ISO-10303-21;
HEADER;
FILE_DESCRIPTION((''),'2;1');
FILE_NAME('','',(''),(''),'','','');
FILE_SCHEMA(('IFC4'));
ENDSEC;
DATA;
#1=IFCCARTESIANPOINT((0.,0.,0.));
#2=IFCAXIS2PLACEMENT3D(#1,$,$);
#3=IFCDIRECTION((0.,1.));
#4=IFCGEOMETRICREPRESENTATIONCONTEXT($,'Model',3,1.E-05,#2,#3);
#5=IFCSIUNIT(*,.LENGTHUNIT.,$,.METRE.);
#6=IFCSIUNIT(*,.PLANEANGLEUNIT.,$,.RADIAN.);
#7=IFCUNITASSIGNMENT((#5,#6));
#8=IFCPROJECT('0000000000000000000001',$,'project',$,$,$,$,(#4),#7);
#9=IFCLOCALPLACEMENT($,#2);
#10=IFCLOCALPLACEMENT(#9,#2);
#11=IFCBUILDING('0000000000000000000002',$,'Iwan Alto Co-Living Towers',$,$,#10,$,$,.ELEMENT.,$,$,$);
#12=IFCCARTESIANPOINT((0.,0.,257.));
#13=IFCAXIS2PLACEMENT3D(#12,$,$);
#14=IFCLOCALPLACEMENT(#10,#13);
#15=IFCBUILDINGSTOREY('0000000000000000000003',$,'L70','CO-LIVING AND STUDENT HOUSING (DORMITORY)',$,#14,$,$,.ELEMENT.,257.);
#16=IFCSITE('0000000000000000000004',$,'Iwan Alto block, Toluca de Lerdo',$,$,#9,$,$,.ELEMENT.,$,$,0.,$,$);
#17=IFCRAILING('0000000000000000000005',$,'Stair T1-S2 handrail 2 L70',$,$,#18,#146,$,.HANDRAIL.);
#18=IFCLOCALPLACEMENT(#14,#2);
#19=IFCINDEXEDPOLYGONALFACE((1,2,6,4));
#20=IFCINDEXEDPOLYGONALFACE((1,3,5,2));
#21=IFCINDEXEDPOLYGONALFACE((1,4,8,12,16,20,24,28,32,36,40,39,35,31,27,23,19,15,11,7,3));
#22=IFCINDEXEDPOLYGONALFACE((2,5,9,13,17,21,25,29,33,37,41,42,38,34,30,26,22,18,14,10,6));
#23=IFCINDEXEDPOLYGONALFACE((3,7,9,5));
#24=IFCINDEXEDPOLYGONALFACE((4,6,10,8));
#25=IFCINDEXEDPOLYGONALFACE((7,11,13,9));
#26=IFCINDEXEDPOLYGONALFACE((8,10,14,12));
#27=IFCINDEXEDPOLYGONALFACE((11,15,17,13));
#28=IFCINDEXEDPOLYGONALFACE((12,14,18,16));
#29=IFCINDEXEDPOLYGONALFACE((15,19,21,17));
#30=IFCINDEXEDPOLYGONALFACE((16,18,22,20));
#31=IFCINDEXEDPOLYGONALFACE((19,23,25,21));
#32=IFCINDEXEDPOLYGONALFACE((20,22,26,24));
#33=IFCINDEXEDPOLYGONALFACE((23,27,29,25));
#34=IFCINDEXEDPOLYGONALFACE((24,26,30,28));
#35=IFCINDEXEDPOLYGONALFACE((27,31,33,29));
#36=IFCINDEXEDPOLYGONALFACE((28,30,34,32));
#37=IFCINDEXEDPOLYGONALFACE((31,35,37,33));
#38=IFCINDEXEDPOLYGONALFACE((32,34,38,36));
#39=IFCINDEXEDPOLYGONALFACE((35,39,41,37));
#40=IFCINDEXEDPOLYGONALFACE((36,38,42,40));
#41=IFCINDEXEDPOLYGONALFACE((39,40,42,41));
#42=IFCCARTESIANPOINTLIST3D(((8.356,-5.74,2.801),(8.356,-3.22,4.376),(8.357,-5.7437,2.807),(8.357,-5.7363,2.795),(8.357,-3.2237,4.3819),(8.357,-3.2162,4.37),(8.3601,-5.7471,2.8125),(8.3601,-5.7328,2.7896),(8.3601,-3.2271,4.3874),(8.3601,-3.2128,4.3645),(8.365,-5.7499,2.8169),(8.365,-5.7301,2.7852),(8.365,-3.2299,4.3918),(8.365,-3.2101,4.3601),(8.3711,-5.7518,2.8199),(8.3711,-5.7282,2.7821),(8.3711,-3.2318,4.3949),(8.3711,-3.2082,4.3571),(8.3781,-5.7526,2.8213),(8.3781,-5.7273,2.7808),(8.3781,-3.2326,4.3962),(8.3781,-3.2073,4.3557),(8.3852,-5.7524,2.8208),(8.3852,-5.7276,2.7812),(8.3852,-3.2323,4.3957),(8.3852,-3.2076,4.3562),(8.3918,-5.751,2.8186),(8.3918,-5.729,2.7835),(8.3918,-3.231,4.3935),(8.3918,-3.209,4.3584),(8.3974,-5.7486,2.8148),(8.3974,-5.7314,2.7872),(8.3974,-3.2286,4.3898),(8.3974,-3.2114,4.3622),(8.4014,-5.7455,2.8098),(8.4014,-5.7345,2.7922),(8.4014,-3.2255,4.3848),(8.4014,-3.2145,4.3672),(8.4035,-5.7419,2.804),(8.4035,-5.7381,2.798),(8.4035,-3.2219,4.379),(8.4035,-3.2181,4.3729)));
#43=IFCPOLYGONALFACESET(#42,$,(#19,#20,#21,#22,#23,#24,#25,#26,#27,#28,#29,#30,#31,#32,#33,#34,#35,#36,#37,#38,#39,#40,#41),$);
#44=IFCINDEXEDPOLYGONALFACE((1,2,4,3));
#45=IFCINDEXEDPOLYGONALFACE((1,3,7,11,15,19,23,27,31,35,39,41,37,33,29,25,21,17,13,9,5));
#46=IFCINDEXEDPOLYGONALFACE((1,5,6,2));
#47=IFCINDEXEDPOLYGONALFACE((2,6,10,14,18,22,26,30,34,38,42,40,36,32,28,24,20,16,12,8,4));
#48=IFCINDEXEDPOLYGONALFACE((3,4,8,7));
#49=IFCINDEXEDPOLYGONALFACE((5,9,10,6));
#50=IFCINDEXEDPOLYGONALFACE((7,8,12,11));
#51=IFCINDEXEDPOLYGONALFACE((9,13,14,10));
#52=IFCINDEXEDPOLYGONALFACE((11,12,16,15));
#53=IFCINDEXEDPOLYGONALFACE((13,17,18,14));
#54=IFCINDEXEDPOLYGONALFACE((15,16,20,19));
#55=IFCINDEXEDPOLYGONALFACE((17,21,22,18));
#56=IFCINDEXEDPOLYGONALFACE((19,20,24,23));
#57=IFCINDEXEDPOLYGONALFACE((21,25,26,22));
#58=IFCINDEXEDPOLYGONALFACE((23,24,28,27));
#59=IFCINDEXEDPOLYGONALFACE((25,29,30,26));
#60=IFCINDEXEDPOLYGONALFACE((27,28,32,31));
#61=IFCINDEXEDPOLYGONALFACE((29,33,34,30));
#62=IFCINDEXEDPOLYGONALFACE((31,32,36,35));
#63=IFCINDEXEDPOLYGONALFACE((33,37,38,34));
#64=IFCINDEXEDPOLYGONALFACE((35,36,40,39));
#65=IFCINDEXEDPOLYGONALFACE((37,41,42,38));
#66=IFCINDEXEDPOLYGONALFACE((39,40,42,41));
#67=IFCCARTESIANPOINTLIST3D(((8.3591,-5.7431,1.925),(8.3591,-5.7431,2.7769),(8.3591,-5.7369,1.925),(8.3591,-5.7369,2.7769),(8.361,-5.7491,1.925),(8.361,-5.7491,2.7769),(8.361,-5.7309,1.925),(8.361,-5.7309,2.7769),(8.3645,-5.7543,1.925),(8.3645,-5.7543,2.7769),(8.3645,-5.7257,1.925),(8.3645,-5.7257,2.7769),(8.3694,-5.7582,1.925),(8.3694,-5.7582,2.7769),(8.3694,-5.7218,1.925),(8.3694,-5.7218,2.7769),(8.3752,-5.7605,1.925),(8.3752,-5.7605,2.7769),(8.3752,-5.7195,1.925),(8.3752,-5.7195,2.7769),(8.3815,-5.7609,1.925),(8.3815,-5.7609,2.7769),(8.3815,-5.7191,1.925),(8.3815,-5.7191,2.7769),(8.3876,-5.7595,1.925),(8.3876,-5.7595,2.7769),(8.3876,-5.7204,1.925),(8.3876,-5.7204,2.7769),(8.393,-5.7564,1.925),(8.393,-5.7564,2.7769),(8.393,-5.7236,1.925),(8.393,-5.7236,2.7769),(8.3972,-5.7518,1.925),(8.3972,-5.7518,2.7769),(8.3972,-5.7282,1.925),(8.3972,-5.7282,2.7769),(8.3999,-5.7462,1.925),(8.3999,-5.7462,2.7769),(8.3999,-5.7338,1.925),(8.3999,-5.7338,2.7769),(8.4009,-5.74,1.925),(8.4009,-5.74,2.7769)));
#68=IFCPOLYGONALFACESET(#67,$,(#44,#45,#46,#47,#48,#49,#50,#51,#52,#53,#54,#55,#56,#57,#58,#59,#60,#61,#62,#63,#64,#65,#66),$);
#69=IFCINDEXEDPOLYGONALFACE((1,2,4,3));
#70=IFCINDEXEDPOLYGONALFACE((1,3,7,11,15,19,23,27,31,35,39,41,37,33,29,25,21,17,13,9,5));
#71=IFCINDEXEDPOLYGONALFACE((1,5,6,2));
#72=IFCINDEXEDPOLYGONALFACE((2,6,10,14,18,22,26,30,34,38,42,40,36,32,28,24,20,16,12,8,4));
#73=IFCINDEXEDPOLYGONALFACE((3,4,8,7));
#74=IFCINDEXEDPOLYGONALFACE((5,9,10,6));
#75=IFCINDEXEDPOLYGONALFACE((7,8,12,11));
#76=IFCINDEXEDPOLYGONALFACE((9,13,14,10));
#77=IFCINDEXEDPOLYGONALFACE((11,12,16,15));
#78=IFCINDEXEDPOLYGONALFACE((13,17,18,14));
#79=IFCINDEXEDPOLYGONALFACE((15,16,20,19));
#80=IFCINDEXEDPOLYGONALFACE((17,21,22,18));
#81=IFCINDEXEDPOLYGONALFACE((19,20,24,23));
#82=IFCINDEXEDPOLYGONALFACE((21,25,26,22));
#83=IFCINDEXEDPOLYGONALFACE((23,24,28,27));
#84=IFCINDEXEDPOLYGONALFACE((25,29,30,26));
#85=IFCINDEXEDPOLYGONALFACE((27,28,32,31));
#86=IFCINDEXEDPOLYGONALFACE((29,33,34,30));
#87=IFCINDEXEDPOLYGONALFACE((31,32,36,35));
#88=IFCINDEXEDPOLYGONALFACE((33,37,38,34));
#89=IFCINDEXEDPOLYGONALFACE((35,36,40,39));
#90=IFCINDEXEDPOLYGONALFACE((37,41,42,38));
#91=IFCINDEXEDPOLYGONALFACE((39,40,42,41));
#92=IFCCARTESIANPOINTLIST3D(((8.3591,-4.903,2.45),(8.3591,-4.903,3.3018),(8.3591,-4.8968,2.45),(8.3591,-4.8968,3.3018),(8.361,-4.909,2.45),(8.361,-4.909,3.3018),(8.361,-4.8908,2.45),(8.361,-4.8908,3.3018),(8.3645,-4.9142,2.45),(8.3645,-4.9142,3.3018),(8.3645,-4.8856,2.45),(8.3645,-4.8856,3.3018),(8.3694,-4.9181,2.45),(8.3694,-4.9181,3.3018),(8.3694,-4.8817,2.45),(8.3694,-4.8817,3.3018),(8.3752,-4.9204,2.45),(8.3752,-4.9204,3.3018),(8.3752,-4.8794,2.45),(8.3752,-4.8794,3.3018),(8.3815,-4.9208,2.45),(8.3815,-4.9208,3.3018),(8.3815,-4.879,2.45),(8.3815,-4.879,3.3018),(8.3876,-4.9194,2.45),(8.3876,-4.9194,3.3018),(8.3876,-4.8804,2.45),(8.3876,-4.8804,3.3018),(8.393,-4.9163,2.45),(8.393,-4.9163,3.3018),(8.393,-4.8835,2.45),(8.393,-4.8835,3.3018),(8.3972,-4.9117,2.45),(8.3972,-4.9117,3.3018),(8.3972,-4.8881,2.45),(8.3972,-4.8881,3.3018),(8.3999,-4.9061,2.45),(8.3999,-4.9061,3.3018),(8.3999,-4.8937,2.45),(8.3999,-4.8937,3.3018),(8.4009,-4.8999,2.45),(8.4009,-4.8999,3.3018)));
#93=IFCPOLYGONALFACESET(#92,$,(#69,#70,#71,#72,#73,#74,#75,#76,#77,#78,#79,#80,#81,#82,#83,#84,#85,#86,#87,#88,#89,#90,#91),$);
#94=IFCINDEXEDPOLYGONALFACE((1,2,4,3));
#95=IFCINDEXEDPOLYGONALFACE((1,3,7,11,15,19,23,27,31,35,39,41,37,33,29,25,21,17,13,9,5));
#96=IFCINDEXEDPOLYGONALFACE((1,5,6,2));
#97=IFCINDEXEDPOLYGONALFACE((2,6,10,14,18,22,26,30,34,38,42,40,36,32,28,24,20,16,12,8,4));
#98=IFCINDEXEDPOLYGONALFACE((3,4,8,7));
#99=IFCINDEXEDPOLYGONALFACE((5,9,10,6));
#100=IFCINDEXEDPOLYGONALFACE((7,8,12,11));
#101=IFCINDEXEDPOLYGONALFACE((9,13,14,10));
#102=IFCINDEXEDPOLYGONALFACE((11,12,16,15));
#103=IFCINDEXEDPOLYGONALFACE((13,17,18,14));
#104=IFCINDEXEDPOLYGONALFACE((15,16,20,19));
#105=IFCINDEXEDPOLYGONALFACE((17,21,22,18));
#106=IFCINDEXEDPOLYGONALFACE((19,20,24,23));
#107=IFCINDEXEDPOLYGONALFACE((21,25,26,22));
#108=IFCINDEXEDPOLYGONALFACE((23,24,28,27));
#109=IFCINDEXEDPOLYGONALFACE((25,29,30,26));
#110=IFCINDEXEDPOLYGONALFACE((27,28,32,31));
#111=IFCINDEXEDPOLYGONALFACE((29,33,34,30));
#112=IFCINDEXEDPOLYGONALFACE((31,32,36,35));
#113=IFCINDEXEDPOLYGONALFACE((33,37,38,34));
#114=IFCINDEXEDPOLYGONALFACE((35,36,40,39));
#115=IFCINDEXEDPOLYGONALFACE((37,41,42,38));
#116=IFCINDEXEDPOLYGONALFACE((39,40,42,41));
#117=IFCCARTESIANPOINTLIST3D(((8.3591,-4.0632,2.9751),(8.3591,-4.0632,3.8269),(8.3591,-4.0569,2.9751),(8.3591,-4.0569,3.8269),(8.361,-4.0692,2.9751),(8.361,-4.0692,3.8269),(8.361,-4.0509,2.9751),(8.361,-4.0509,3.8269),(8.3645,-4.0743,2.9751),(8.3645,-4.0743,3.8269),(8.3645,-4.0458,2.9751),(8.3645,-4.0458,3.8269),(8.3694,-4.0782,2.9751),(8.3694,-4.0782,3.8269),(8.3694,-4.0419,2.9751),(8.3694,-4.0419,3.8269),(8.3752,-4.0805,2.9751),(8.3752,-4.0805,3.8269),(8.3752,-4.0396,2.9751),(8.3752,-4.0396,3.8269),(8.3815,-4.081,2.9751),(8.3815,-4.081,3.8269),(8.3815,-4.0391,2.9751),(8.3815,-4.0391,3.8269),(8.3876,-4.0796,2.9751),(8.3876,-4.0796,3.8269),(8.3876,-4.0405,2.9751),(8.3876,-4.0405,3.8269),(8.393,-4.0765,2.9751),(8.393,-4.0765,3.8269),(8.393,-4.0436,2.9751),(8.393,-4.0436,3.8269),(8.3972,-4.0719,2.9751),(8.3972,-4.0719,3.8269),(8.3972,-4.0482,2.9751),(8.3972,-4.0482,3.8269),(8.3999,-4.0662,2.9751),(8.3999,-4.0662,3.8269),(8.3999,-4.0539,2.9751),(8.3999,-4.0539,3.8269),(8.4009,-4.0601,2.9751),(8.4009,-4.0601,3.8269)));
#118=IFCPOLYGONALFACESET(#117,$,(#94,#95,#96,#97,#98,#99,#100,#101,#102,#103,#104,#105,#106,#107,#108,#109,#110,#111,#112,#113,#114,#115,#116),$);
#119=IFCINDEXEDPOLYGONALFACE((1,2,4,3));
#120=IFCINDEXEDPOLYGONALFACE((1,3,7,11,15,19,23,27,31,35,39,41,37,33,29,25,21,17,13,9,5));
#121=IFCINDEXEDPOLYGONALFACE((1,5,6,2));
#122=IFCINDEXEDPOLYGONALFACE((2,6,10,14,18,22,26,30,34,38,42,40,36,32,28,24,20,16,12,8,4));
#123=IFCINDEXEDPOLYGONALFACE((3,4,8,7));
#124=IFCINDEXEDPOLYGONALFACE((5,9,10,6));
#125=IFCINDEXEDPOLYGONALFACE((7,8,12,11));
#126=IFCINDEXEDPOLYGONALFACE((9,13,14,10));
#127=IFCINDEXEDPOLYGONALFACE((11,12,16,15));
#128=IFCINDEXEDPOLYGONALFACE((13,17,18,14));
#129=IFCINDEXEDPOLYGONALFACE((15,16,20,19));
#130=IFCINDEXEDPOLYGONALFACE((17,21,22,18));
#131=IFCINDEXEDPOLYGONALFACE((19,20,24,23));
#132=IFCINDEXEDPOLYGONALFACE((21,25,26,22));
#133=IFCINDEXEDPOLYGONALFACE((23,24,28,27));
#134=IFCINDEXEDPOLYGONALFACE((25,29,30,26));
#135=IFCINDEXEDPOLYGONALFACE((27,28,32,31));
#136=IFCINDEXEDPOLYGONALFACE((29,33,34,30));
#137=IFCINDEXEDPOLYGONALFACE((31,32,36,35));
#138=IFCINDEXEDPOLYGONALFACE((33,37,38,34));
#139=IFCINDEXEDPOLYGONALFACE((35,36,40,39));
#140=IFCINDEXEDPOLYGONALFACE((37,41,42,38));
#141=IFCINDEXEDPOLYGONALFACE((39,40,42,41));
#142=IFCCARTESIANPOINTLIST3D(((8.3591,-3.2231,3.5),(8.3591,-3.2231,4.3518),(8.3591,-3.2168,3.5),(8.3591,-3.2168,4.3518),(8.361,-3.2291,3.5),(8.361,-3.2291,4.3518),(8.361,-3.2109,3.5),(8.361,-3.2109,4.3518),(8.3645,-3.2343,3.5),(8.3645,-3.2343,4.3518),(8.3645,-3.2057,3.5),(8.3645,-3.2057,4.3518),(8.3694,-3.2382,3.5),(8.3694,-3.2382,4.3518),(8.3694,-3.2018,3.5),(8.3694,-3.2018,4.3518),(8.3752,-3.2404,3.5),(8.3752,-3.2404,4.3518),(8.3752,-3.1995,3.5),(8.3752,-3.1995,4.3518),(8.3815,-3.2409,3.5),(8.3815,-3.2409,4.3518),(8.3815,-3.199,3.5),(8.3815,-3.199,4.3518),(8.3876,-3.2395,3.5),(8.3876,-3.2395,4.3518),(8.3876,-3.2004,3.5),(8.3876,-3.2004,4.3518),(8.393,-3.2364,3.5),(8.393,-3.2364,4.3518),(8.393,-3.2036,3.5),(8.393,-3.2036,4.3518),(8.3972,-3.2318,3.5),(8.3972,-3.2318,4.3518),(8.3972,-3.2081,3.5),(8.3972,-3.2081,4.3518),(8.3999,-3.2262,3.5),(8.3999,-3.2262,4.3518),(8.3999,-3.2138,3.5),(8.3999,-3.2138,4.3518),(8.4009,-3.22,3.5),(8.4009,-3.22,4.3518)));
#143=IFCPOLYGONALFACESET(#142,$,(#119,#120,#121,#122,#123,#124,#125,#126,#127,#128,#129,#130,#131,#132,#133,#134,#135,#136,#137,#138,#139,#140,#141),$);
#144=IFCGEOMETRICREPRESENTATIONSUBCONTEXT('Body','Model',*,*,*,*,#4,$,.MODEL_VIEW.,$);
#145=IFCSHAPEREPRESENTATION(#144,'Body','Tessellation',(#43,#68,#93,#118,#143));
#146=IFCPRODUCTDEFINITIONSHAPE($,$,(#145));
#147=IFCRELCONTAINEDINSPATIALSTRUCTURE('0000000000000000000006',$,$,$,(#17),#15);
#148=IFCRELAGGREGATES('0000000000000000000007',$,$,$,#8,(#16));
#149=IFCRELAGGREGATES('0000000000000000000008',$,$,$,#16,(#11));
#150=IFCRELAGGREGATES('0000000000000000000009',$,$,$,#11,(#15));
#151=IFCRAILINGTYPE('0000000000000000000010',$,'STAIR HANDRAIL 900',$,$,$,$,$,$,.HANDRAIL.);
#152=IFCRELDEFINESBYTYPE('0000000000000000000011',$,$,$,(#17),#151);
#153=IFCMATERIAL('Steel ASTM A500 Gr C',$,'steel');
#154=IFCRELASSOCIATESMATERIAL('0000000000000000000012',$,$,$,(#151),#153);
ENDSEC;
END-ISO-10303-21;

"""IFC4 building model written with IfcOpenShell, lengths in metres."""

from ifc_helpers import new_model, si_unit, direction, frame, origin, origin_2d, place, context, subcontext, project, spatial, circle, extrude, material, type_object, element, save


model = new_model("IFC4")

# Units and contexts
model_context = context("Model", 3, precision=1e-05, world=origin(), true_north=direction((0.0, 1.0)))
body_context = subcontext(model_context, "Body", "Model", "MODEL_VIEW")
ifc_project = project(units=[si_unit("LENGTHUNIT", "METRE"), si_unit("PLANEANGLEUNIT", "RADIAN")], contexts=[model_context])

# Site, building, storey
site_placement = place(None, origin())
site = spatial("IfcSite", under=ifc_project, at=site_placement, Name="Iwan Alto block, Toluca de Lerdo", CompositionType="ELEMENT", RefElevation=0.0)
building_placement = place(site_placement, origin())
building = spatial("IfcBuilding", under=site, at=building_placement, Name="Iwan Alto Co-Living Towers", CompositionType="ELEMENT")
storey_placement = place(building_placement, frame((0.0, 0.0, 257.0)))
storey = spatial("IfcBuildingStorey", under=building, at=storey_placement, Name="L70", Description="CO-LIVING AND STUDENT HOUSING (DORMITORY)", CompositionType="ELEMENT", Elevation=257.0)

# Railing
ifc_material_1 = material(Name="Steel ASTM A500 Gr C", Category="steel")
railing_type_1 = type_object("IfcRailingType", Name="STAIR HANDRAIL 900", PredefinedType="HANDRAIL", material=ifc_material_1)
railing_1_placement = place(storey_placement, frame((8.3799, -5.74, 1.925)))
element("IfcRailing", 1, at=railing_1_placement, inside=storey, type_object=railing_type_1, Name="Stair T1-S2 handrail 2 L70", PredefinedType="HANDRAIL", context=body_context, shape_type="SweptSolid", body=[
    extrude(circle(Radius=0.0239, at=origin_2d()), frame((0.0, 0.0, 0.876), z_axis=(0.0, 0.848008, 0.529984), x_axis=(-1.0, 0.0, 0.0)), (0.0, 0.0, 1.0), 2.9717),
    extrude(circle(Radius=0.021, at=origin_2d()), origin(), (0.0, 0.0, 1.0), 0.8518),
    extrude(circle(Radius=0.021, at=origin_2d()), frame((0.0, 0.8401, 0.5249)), (0.0, 0.0, 1.0), 0.8518),
    extrude(circle(Radius=0.021, at=origin_2d()), frame((0.0, 1.6799, 1.05)), (0.0, 0.0, 1.0), 0.8518),
    extrude(circle(Radius=0.021, at=origin_2d()), frame((0.0, 2.52, 1.575)), (0.0, 0.0, 1.0), 0.8518),
])

save(model, "model.ifc")
